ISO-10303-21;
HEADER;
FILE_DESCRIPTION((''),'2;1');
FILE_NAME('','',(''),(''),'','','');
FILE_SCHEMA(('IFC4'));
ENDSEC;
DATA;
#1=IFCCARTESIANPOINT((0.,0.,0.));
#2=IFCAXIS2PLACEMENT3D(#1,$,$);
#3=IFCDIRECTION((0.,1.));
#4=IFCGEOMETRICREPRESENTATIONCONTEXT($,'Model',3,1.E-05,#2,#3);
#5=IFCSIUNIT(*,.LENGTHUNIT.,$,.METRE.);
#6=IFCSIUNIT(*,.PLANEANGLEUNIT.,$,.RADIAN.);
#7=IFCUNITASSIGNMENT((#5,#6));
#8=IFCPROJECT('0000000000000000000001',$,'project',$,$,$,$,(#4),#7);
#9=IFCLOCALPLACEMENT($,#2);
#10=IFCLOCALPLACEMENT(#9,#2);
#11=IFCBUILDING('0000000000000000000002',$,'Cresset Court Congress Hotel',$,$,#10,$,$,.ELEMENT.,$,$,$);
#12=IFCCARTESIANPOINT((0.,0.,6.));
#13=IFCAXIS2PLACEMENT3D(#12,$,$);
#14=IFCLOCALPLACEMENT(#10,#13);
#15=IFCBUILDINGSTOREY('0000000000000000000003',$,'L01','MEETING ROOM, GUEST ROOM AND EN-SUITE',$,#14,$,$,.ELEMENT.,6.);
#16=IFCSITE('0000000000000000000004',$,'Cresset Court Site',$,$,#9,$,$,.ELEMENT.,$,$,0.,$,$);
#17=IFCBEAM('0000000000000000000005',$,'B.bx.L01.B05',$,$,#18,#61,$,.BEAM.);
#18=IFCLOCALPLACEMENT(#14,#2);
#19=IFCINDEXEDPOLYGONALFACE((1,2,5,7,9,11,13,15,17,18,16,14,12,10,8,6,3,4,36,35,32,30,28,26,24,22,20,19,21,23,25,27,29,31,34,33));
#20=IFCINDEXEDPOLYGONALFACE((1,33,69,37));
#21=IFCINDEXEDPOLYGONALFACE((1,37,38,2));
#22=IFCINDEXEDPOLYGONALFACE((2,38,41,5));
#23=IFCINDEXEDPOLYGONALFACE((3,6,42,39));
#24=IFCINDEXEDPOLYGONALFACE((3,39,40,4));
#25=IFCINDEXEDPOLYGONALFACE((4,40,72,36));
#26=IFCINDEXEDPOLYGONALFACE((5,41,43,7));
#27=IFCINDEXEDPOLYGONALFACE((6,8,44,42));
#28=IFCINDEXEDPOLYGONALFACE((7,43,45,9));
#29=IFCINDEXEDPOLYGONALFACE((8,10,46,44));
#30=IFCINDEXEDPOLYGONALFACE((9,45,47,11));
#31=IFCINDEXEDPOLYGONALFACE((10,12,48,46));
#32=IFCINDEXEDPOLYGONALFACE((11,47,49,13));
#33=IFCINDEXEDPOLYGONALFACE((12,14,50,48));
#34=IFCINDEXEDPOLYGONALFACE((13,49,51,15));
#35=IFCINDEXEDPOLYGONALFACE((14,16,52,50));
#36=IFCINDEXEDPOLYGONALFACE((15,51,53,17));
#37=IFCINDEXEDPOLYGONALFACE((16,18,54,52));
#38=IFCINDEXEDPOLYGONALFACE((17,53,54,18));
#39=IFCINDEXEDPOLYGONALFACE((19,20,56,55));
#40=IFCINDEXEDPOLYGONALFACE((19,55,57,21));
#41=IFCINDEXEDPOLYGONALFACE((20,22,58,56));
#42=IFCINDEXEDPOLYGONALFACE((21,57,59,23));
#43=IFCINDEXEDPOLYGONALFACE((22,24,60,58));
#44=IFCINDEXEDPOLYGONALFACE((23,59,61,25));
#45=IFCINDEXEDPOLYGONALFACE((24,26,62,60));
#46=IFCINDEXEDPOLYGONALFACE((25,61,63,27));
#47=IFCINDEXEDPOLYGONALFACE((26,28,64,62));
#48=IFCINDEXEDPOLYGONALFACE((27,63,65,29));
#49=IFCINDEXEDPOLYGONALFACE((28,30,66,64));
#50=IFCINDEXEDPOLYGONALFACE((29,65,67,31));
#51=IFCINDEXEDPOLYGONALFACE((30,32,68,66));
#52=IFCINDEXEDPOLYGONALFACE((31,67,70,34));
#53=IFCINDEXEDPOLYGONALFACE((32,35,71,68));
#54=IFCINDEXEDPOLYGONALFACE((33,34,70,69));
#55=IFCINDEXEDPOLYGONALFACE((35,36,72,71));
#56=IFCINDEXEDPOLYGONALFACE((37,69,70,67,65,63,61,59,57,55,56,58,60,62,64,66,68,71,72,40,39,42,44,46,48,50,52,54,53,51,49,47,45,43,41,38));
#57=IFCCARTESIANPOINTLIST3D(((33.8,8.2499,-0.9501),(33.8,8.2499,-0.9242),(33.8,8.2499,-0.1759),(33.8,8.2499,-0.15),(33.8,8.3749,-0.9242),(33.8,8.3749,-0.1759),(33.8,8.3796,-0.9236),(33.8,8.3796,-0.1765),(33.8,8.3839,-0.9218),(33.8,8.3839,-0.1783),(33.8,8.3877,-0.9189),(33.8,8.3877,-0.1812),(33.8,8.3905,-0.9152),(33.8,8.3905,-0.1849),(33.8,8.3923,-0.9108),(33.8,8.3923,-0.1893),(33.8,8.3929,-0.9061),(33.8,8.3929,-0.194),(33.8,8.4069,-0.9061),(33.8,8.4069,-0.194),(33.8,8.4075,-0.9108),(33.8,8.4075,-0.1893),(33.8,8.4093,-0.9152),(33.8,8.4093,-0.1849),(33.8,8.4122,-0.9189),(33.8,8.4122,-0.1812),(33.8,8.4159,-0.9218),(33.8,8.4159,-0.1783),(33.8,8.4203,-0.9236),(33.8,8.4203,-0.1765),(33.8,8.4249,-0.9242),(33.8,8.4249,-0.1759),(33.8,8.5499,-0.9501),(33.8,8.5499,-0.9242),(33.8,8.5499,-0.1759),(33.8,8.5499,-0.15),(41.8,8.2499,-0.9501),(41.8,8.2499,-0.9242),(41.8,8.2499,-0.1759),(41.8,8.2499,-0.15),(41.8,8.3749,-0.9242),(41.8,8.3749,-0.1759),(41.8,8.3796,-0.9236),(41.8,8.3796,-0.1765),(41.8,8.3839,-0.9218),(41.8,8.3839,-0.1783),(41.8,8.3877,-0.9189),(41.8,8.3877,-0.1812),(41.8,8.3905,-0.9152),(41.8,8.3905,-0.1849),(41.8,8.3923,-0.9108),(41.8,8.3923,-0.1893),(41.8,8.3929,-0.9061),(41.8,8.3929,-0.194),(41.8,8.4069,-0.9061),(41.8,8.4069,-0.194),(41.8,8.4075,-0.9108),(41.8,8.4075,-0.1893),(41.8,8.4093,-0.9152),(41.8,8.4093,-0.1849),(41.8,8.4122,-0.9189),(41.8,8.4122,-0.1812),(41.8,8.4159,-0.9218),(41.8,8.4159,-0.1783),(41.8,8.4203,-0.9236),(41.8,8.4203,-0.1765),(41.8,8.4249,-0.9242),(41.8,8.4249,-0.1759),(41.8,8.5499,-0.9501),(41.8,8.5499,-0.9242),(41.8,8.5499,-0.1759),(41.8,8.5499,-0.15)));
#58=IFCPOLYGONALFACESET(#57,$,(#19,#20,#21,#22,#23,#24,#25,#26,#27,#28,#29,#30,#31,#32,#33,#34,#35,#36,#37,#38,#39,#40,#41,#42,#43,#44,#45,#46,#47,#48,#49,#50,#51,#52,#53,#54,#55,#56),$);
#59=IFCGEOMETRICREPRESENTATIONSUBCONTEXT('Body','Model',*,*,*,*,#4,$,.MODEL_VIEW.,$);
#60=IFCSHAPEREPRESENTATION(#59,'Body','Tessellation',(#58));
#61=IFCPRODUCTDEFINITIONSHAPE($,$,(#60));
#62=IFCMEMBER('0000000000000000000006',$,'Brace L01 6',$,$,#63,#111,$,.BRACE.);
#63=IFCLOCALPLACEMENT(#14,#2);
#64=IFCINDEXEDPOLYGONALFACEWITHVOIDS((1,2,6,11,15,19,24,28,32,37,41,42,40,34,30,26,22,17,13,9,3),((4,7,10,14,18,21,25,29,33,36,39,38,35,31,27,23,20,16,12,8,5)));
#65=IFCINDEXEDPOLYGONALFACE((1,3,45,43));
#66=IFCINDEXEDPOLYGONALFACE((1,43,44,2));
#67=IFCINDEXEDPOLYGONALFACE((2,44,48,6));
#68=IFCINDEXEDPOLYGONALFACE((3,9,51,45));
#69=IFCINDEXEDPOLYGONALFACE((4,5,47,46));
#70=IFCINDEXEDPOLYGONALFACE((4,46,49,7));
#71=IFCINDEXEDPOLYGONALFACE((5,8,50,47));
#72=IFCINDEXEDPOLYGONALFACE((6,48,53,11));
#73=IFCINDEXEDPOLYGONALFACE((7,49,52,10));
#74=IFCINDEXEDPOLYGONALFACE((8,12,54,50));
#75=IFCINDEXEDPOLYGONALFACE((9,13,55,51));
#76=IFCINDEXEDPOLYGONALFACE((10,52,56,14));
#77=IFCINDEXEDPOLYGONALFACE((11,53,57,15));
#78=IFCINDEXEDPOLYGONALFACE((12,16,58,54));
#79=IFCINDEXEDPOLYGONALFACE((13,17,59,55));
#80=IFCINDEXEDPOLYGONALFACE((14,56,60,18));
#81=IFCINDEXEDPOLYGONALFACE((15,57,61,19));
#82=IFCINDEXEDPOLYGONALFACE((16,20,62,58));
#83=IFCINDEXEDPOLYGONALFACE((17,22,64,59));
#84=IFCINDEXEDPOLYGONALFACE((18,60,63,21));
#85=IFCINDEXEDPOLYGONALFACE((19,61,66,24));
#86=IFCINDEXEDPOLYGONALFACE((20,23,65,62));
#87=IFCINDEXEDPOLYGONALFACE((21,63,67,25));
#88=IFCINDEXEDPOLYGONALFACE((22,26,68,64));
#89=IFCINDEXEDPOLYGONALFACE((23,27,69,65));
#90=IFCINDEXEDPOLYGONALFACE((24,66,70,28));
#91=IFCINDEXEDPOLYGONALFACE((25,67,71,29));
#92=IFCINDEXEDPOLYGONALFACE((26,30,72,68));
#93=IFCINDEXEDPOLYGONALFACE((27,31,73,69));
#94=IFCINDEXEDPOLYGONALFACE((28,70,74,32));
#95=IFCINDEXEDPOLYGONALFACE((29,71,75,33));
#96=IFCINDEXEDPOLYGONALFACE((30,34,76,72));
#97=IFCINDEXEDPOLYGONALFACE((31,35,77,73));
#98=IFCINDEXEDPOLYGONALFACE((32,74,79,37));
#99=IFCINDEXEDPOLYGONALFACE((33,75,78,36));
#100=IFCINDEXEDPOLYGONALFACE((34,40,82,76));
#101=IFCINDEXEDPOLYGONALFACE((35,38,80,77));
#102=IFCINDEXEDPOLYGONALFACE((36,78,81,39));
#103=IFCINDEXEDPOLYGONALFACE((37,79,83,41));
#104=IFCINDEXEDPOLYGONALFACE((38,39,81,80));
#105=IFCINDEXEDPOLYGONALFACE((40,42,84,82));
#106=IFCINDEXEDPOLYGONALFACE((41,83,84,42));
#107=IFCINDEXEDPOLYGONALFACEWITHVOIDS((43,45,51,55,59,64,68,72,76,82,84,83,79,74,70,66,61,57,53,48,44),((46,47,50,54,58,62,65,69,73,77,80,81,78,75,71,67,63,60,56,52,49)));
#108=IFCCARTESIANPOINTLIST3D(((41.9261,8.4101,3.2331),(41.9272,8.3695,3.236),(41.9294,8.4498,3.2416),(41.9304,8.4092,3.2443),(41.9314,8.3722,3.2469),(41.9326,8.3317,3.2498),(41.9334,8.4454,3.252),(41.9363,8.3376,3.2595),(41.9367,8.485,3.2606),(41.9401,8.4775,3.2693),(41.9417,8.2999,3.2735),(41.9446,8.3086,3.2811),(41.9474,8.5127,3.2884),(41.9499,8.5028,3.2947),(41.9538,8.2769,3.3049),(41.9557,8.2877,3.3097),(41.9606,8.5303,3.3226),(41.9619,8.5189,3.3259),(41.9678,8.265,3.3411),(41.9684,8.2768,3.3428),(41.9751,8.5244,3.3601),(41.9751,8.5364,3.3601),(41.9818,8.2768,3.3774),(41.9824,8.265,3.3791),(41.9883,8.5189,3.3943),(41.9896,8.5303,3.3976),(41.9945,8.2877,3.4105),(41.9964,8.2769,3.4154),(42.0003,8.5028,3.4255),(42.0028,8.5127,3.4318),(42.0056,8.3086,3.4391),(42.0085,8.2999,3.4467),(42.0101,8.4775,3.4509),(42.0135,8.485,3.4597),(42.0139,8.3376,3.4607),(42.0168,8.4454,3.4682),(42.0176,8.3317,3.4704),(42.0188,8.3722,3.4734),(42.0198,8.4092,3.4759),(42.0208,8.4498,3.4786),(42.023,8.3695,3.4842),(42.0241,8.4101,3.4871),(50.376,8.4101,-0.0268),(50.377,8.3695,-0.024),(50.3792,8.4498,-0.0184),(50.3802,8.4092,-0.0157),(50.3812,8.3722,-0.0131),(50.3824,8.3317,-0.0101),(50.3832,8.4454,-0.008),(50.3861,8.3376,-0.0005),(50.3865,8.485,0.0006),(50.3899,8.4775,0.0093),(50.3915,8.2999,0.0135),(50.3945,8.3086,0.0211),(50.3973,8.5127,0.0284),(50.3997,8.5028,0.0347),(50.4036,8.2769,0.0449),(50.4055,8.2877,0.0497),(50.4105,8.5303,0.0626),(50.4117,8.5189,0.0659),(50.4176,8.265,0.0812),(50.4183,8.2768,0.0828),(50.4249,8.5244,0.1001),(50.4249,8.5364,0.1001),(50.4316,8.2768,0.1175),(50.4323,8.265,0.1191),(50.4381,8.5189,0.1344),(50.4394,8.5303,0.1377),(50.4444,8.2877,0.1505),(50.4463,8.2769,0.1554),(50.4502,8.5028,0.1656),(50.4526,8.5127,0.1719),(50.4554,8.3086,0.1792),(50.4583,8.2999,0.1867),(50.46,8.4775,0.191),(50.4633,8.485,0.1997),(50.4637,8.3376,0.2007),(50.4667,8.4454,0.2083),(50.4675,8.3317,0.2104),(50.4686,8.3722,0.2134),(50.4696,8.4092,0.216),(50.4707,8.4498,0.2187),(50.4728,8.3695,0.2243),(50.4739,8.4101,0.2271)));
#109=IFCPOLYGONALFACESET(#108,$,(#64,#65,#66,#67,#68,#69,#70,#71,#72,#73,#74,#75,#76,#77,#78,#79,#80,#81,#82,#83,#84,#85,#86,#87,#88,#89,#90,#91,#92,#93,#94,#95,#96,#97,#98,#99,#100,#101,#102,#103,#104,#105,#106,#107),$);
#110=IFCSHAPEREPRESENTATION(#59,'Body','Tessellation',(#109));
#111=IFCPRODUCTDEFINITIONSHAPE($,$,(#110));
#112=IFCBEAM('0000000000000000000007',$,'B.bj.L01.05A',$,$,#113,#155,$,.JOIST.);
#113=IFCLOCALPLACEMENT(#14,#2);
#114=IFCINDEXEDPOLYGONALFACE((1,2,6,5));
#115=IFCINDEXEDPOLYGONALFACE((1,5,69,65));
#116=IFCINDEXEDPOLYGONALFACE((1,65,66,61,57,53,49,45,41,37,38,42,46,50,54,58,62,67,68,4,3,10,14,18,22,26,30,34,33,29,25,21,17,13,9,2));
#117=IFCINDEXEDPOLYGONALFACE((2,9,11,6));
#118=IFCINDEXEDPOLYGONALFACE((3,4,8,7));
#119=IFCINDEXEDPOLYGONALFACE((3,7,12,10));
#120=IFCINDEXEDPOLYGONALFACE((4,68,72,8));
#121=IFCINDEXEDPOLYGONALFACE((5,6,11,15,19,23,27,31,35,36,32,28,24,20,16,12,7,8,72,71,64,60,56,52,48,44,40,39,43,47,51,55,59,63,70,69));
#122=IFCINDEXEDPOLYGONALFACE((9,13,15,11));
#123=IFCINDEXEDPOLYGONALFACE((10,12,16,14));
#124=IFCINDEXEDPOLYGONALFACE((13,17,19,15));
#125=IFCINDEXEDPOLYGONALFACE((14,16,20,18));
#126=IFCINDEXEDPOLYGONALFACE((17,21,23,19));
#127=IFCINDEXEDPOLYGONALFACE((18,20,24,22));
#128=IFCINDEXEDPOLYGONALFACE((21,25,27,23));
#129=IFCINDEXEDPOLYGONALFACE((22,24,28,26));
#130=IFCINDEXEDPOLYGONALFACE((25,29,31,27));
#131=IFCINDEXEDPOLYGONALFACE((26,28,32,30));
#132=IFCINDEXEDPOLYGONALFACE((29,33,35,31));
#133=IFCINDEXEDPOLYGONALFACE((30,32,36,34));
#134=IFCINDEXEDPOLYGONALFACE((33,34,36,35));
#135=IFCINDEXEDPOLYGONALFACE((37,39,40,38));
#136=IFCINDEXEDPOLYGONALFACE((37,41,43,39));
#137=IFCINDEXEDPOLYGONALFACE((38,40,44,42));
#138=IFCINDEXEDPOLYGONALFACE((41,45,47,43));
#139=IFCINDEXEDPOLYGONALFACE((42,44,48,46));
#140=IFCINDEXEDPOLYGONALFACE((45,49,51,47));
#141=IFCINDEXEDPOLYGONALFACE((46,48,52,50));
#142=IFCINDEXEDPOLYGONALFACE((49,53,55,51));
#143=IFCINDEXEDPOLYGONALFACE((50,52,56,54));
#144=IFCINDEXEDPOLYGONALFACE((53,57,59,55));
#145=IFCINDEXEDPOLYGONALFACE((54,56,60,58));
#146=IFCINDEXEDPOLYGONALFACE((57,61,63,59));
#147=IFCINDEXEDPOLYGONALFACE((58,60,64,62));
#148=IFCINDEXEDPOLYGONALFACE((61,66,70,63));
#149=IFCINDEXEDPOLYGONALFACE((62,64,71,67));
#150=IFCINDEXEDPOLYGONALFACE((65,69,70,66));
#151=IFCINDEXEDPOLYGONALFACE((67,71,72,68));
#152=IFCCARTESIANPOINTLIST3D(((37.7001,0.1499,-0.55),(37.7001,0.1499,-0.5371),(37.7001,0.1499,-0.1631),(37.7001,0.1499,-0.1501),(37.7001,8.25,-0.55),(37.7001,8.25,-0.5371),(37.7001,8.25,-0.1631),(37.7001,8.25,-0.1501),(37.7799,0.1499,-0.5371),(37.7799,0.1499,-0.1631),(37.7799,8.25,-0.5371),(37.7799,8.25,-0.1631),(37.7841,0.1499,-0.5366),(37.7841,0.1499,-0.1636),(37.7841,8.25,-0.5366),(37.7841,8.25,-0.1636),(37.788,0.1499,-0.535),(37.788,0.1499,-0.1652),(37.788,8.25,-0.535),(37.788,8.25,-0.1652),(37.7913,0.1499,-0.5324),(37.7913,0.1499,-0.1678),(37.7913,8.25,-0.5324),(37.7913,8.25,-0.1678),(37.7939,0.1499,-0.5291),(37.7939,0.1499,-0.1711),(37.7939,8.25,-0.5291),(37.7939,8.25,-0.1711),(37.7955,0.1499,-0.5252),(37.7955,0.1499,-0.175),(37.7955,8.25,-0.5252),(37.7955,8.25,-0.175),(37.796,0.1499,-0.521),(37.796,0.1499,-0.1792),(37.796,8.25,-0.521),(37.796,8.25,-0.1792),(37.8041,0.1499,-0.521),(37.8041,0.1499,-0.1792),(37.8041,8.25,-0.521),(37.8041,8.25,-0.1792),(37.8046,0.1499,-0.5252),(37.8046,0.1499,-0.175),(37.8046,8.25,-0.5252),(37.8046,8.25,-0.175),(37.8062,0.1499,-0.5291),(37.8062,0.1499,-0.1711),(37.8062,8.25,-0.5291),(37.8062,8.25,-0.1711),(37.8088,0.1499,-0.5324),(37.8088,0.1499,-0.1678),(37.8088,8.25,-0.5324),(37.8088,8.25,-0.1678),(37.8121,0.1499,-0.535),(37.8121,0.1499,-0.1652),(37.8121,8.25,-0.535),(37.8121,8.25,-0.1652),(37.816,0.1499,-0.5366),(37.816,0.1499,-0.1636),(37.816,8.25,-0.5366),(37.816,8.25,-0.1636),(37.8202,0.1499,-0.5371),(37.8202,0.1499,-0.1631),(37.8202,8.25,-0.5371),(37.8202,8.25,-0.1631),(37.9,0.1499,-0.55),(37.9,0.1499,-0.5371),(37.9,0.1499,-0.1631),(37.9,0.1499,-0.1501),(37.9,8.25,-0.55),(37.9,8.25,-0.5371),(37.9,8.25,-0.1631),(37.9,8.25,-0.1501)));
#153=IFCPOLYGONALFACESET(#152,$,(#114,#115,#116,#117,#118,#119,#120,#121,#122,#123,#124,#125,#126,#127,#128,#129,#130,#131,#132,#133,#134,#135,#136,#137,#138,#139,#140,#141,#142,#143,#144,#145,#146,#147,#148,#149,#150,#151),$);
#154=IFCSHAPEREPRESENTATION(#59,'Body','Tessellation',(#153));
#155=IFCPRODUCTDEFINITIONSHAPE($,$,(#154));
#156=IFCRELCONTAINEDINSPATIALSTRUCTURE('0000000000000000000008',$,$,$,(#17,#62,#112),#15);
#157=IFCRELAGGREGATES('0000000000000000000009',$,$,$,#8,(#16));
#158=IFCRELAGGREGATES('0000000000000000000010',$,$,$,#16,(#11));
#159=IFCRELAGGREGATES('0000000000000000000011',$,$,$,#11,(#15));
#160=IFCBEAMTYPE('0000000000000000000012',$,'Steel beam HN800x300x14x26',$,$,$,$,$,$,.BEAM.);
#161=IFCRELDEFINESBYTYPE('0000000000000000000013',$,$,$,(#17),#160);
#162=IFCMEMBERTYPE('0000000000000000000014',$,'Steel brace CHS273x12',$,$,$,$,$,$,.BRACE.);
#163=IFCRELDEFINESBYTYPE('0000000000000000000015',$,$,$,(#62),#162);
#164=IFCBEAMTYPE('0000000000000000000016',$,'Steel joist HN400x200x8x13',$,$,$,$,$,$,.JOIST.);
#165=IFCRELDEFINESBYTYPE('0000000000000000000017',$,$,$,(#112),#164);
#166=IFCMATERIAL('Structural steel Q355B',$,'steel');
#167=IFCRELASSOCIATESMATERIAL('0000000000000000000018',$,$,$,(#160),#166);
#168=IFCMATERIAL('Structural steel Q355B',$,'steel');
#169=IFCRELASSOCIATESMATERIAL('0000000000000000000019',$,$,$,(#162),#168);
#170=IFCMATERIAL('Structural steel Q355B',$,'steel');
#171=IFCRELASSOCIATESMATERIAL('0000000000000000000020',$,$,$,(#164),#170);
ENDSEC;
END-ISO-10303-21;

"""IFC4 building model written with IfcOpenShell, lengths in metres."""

from ifc_helpers import new_model, si_unit, direction, frame, origin, origin_2d, place, context, subcontext, project, spatial, hollow_circle, i_section, extrude, material, material_profile, profile_set, type_object, element, save


model = new_model("IFC4")

# Units and contexts
model_context = context("Model", 3, precision=1e-05, world=origin(), true_north=direction((0.0, 1.0)))
body_context = subcontext(model_context, "Body", "Model", "MODEL_VIEW")
ifc_project = project(units=[si_unit("LENGTHUNIT", "METRE"), si_unit("PLANEANGLEUNIT", "RADIAN")], contexts=[model_context])

# Site, building, storey
site_placement = place(None, origin())
site = spatial("IfcSite", under=ifc_project, at=site_placement, Name="Cresset Court Site", CompositionType="ELEMENT", RefElevation=0.0)
building_placement = place(site_placement, origin())
building = spatial("IfcBuilding", under=site, at=building_placement, Name="Cresset Court Congress Hotel", CompositionType="ELEMENT")
storey_placement = place(building_placement, frame((0.0, 0.0, 6.0)))
storey = spatial("IfcBuildingStorey", under=building, at=storey_placement, Name="L01", Description="MEETING ROOM, GUEST ROOM AND EN-SUITE", CompositionType="ELEMENT", Elevation=6.0)

# Beam
ifc_material_1 = material(Name="Structural steel Q355B", Category="steel")
ifc_material_profile_1 = material_profile(ifc_material_1, i_section(OverallWidth=0.3, OverallDepth=0.8, WebThickness=0.0139, FlangeThickness=0.0259, FilletRadius=0.0181, at=origin_2d()), Name="HN800x300x14x26")
ifc_profile_set_1 = profile_set([ifc_material_profile_1], Name="Structural steel Q355B")
beam_type_1 = type_object("IfcBeamType", Name="Steel beam HN800x300x14x26", PredefinedType="BEAM", material=ifc_profile_set_1)
for number, where, z_axis, x_axis, name in (
    (1, (33.8, 8.3999, -0.55), (1.0, 0.0, 0.0), (0.0, 1.0, 0.0), "B.bx.L01.B05"),
):
    element("IfcBeam", number, at=place(storey_placement, frame(where, z_axis=z_axis, x_axis=x_axis)), inside=storey, type_object=beam_type_1, Name=name, PredefinedType="BEAM", context=body_context, shape_type="SweptSolid", body=[
        extrude(i_section(OverallWidth=0.3, OverallDepth=0.8, WebThickness=0.0139, FlangeThickness=0.0259, FilletRadius=0.0181, at=origin_2d()), origin(), (0.0, 0.0, 1.0), 8.0),
    ])

# Member
ifc_material_2 = material(Name="Structural steel Q355B", Category="steel")
ifc_material_profile_2 = material_profile(ifc_material_2, hollow_circle(Radius=0.1365, WallThickness=0.012, at=origin_2d()), Name="CHS273x12")
ifc_profile_set_2 = profile_set([ifc_material_profile_2], Name="Structural steel Q355B")
member_type = type_object("IfcMemberType", Name="Steel brace CHS273x12", PredefinedType="BRACE", material=ifc_profile_set_2)
member_placement = place(storey_placement, frame((41.9751, 8.3999, 3.3601), z_axis=(0.932974, 0.0, -0.359943), x_axis=(0.0, 1.0, 0.0)))
element("IfcMember", 2, at=member_placement, inside=storey, type_object=member_type, Name="Brace L01 6", PredefinedType="BRACE", context=body_context, shape_type="SweptSolid", body=[
    extrude(hollow_circle(Radius=0.1365, WallThickness=0.012, at=origin_2d()), origin(), (0.0, 0.0, 1.0), 9.0569),
])

# Beam
ifc_material_3 = material(Name="Structural steel Q355B", Category="steel")
ifc_material_profile_3 = material_profile(ifc_material_3, i_section(OverallWidth=0.2, OverallDepth=0.3999, WebThickness=0.0081, FlangeThickness=0.0129, FilletRadius=0.0161, at=origin_2d()), Name="HN400x200x8x13")
ifc_profile_set_3 = profile_set([ifc_material_profile_3], Name="Structural steel Q355B")
beam_type_2 = type_object("IfcBeamType", Name="Steel joist HN400x200x8x13", PredefinedType="JOIST", material=ifc_profile_set_3)
beam_1_placement = place(storey_placement, frame((37.8, 0.1499, -0.3501), z_axis=(0.0, 1.0, 0.0), x_axis=(-1.0, 0.0, 0.0)))
element("IfcBeam", 3, at=beam_1_placement, inside=storey, type_object=beam_type_2, Name="B.bj.L01.05A", PredefinedType="JOIST", context=body_context, shape_type="SweptSolid", body=[
    extrude(i_section(OverallWidth=0.2, OverallDepth=0.3999, WebThickness=0.0081, FlangeThickness=0.0129, FilletRadius=0.0161, at=origin_2d()), origin(), (0.0, 0.0, 1.0), 8.1001),
])

save(model, "model.ifc")
